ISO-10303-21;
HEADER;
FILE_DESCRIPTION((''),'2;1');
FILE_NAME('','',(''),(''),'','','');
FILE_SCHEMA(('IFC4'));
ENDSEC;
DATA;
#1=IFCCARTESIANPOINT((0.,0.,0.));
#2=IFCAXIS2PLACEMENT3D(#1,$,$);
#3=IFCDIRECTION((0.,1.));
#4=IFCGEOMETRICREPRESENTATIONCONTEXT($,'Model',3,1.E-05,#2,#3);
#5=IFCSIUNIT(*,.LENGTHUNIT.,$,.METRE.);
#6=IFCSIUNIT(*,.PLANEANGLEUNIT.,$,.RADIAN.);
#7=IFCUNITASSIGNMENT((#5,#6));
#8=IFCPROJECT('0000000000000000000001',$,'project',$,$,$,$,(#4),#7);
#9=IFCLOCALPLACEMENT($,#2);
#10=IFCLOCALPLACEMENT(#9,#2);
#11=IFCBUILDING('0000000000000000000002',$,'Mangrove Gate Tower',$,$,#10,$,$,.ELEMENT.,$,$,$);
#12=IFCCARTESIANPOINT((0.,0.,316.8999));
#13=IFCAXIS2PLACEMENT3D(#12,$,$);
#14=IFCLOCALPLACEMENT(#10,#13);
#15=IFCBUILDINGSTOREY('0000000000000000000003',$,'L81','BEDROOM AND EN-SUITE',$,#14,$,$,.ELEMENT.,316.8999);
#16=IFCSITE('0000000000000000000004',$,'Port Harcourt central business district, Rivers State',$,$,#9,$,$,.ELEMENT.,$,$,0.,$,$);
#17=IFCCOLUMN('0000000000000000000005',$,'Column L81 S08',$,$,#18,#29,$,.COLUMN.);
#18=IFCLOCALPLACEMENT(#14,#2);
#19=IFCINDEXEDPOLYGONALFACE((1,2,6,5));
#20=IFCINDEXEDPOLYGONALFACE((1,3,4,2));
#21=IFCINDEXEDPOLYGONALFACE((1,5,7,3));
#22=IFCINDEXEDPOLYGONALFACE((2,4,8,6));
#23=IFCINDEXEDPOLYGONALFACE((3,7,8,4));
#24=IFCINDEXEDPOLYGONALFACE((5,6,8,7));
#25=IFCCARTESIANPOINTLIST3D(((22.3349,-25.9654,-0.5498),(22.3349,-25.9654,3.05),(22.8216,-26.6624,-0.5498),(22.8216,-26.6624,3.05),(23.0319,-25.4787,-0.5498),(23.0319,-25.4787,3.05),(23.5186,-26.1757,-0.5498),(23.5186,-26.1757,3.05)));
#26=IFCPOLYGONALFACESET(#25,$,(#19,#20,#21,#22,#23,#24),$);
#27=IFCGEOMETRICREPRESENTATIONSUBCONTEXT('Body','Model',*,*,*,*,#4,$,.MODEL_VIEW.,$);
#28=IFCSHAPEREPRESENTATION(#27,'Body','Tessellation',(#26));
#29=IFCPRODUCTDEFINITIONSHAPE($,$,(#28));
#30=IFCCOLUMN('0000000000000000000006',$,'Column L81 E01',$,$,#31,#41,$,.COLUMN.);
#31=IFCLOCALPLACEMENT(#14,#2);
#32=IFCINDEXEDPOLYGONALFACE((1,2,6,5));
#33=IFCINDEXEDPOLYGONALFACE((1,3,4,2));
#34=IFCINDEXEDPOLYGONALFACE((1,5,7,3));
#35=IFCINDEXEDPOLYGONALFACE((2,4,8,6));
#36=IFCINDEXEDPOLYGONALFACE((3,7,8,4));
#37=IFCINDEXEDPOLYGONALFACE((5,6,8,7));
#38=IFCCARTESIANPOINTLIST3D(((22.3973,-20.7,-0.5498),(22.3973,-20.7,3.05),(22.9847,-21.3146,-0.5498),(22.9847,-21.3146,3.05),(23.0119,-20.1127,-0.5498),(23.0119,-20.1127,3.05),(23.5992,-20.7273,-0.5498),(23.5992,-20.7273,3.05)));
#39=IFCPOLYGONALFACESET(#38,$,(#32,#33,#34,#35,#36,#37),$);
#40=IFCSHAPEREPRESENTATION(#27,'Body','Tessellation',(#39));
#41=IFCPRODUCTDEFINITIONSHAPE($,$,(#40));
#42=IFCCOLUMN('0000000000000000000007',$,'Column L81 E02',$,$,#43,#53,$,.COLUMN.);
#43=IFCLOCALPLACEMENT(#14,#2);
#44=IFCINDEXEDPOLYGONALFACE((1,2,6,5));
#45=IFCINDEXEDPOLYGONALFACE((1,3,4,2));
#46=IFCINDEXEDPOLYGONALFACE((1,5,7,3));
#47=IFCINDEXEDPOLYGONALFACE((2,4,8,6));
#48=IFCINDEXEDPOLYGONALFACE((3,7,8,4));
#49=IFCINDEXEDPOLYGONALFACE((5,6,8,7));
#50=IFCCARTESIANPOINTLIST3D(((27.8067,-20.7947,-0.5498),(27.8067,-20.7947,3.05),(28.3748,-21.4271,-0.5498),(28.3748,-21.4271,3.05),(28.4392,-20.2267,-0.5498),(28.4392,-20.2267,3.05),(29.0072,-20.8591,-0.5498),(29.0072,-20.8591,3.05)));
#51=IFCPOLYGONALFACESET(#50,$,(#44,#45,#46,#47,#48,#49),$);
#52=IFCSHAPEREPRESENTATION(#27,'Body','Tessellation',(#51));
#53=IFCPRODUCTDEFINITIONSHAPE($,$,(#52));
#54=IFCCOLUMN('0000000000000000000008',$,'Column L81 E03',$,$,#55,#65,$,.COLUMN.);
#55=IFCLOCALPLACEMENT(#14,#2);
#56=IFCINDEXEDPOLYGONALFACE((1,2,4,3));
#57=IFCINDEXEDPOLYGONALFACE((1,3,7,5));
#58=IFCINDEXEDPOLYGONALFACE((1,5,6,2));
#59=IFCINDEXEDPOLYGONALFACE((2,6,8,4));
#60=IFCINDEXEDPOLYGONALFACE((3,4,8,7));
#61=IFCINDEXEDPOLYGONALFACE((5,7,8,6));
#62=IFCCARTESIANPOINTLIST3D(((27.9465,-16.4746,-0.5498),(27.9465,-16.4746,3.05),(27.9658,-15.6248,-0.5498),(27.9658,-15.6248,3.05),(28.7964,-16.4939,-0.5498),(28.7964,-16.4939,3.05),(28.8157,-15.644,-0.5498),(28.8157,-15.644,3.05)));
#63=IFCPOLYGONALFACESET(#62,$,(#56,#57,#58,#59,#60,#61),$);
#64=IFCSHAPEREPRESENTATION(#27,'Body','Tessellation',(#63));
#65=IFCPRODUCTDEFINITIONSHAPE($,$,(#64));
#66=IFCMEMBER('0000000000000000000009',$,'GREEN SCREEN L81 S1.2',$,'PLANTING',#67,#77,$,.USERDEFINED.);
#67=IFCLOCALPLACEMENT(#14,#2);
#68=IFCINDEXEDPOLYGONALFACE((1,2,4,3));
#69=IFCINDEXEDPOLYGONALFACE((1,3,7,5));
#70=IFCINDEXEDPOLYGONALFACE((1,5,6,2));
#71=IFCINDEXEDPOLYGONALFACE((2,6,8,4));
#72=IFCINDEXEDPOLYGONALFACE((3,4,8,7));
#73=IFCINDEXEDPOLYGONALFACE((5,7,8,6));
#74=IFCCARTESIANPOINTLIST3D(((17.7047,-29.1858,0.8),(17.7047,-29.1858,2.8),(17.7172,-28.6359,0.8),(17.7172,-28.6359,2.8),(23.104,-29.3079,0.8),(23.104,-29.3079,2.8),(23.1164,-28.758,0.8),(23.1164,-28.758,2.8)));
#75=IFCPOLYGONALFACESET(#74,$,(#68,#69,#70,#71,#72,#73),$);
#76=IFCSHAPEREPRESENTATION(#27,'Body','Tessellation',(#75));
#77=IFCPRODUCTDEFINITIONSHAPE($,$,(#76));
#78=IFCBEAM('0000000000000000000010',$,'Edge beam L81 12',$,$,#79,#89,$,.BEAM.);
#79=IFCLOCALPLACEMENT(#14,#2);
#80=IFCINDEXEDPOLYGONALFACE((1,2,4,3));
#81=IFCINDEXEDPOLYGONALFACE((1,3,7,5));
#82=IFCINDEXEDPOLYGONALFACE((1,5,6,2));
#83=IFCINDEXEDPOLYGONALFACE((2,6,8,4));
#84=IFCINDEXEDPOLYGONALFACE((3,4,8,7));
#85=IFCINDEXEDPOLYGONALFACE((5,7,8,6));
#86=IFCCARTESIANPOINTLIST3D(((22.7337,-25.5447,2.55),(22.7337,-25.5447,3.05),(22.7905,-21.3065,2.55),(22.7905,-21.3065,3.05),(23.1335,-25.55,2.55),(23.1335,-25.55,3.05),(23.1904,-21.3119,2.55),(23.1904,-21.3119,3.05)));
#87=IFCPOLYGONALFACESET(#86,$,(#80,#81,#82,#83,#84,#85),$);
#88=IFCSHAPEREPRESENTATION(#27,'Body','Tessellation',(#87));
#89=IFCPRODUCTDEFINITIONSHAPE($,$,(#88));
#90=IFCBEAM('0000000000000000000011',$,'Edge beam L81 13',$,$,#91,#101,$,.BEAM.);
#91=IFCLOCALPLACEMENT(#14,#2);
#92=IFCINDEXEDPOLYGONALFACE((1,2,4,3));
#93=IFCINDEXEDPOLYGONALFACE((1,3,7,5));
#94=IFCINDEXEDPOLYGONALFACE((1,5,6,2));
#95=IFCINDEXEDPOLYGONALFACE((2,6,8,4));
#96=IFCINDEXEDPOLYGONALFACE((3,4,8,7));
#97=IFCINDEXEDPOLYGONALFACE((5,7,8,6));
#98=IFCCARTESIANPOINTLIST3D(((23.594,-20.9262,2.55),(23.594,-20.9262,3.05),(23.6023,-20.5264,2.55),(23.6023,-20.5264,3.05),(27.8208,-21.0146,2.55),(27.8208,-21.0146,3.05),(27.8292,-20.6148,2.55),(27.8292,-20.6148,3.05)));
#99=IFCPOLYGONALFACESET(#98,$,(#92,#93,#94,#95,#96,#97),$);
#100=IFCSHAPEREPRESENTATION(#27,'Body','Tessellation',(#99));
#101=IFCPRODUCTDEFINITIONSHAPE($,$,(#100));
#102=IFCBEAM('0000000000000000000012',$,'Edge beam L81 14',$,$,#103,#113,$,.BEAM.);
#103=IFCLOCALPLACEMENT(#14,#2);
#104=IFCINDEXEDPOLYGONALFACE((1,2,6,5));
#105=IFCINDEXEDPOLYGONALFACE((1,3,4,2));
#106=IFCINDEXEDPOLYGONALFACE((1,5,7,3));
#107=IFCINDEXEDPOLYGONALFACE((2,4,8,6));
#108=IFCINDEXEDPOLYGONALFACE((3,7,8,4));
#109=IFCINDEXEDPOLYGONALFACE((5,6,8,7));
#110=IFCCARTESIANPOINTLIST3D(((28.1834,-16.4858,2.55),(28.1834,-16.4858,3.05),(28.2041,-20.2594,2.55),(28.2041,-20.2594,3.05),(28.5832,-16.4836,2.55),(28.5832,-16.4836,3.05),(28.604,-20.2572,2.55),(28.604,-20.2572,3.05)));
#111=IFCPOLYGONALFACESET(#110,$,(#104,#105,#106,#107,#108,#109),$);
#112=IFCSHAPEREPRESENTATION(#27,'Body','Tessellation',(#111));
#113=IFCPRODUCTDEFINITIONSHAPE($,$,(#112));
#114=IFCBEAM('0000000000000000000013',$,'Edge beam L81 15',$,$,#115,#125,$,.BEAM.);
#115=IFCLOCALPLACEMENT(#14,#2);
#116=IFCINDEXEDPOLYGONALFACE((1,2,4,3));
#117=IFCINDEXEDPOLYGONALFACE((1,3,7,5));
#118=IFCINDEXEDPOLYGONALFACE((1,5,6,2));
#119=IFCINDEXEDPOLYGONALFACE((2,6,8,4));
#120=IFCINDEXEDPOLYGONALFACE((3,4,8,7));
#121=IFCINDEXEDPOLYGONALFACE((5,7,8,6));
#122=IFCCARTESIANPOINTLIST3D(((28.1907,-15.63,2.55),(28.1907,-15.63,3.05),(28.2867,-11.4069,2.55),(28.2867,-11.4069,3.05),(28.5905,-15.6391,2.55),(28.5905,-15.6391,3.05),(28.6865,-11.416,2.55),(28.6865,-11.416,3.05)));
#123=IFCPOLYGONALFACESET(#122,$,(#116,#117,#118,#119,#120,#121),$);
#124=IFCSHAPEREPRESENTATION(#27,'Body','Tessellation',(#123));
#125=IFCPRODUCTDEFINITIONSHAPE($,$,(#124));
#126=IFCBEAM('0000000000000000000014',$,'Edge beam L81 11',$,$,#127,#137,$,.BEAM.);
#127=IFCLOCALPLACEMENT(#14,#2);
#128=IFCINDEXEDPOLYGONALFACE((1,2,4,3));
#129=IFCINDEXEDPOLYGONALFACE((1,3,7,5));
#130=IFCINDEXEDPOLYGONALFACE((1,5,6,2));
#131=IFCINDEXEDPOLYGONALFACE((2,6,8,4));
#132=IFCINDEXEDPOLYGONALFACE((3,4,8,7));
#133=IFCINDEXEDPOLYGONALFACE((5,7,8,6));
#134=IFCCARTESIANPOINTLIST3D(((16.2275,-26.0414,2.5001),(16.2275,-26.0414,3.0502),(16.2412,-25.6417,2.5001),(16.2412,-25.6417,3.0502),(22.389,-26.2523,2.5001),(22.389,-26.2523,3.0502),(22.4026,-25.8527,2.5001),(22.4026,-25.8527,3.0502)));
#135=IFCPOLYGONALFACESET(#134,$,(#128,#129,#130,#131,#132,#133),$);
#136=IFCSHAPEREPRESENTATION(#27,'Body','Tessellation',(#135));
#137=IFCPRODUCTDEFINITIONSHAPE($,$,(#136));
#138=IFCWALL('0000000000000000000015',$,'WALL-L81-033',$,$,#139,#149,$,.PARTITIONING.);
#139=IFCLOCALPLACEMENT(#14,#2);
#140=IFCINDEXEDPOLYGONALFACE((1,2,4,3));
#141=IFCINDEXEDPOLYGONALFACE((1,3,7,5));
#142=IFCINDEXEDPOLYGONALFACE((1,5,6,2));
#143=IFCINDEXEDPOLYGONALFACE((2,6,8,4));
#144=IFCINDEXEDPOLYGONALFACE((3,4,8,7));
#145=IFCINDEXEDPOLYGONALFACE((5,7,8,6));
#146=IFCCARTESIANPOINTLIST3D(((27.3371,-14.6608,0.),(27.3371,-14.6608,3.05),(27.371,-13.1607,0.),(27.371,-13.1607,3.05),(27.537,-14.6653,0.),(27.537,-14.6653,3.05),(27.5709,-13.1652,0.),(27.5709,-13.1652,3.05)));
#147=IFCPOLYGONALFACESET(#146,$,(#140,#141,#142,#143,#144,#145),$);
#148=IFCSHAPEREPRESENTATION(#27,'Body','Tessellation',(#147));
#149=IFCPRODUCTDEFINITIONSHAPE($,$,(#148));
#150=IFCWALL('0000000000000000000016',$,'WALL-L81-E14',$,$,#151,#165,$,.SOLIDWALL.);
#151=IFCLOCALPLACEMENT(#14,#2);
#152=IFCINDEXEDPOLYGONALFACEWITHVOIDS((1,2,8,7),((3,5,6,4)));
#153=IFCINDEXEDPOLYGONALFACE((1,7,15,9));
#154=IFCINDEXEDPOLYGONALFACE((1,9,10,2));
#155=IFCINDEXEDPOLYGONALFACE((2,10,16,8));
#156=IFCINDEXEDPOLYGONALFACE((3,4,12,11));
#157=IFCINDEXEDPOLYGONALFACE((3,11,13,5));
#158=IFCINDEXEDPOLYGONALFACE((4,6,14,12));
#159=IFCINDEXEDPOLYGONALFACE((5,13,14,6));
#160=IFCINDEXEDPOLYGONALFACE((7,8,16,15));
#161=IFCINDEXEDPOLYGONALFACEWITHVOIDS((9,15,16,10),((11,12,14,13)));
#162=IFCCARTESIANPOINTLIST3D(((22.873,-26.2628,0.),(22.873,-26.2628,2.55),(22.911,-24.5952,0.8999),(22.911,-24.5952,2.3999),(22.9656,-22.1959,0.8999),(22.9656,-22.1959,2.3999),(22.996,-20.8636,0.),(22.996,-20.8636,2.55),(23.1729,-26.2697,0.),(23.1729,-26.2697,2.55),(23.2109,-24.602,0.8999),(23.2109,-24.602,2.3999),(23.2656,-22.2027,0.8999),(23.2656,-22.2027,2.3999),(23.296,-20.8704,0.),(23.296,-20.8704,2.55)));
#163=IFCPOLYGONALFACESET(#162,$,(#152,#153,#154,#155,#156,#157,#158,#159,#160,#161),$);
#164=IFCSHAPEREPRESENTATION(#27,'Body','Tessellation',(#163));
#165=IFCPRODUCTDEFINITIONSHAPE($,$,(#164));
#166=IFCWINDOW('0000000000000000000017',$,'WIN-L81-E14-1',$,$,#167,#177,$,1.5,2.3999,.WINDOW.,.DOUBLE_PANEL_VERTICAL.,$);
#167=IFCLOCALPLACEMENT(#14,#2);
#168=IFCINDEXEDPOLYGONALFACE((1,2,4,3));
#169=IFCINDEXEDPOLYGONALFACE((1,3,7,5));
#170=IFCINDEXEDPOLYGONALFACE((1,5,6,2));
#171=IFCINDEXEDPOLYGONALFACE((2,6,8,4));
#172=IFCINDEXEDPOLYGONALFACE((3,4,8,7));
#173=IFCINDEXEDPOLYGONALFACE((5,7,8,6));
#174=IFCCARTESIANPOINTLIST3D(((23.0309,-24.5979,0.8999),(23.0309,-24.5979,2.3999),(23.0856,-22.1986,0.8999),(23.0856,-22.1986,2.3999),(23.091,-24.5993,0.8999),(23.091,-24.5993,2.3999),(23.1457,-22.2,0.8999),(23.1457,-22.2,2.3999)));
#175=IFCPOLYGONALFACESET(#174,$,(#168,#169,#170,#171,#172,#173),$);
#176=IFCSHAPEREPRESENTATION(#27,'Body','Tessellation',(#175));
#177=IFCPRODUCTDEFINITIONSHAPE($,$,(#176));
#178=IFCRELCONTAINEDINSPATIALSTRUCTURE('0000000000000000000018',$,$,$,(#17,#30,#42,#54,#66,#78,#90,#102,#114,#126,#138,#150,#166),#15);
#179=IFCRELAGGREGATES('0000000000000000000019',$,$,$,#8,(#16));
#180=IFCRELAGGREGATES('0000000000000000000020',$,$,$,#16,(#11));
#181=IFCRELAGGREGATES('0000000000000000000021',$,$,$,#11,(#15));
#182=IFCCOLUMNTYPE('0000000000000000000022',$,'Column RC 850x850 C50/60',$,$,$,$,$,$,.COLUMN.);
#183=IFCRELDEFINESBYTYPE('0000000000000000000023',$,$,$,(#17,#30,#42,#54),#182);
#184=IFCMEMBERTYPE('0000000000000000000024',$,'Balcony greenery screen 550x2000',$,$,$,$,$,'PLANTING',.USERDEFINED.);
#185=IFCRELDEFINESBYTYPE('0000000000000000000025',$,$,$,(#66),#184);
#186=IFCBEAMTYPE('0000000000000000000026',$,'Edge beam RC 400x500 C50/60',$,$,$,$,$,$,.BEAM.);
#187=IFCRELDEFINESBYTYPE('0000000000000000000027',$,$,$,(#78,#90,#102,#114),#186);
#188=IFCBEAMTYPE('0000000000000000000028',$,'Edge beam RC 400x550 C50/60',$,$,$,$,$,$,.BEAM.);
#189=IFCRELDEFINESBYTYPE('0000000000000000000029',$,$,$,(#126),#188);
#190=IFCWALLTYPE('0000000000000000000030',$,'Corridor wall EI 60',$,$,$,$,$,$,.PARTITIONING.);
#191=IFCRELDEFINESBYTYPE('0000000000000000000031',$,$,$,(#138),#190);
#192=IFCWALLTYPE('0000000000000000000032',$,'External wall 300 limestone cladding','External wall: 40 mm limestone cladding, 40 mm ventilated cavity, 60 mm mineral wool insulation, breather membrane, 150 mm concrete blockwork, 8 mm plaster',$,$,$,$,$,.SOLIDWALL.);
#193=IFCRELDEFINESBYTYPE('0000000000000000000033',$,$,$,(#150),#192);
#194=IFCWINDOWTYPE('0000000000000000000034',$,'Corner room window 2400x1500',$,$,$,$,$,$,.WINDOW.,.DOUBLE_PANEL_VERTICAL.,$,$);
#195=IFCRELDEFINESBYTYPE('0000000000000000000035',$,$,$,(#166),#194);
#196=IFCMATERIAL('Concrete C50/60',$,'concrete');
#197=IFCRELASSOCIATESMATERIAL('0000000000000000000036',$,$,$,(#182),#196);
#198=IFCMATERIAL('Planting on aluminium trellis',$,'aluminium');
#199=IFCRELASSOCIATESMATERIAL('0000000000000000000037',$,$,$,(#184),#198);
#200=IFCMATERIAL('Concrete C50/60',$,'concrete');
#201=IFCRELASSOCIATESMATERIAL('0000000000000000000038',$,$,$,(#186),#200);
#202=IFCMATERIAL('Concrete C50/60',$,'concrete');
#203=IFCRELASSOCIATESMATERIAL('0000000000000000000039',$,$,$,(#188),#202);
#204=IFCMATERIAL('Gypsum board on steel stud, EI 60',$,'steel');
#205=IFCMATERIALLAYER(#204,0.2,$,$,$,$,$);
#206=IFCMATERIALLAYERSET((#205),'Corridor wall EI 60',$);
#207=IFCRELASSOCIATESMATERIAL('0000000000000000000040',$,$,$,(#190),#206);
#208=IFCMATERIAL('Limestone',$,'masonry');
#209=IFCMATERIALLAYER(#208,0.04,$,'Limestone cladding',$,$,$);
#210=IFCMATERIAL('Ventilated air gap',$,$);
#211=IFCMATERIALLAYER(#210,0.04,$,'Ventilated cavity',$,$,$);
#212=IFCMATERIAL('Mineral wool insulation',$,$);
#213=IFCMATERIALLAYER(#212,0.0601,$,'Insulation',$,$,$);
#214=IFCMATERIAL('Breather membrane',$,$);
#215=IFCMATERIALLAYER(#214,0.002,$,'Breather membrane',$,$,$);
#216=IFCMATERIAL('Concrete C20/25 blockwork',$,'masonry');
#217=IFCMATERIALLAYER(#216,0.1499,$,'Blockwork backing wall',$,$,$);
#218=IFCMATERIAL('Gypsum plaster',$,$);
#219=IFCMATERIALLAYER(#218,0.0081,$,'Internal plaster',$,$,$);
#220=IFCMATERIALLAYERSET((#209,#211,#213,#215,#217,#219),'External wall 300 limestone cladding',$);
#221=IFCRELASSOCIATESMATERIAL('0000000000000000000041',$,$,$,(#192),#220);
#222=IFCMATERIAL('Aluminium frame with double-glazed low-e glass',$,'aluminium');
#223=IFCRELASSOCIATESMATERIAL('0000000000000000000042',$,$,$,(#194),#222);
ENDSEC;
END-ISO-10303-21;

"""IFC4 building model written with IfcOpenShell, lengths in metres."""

from ifc_helpers import new_model, si_unit, direction, frame, frame_2d, origin, origin_2d, place, context, subcontext, project, spatial, rectangle, extrude, material, layer, layer_set, material_profile, profile_set, type_object, element, fill, save


model = new_model("IFC4")

# Units and contexts
model_context = context("Model", 3, precision=1e-05, world=origin(), true_north=direction((0.0, 1.0)))
body_context = subcontext(model_context, "Body", "Model", "MODEL_VIEW")
ifc_project = project(units=[si_unit("LENGTHUNIT", "METRE"), si_unit("PLANEANGLEUNIT", "RADIAN")], contexts=[model_context])

# Site, building, storey
site_placement = place(None, origin())
site = spatial("IfcSite", under=ifc_project, at=site_placement, Name="Port Harcourt central business district, Rivers State", CompositionType="ELEMENT", RefElevation=0.0)
building_placement = place(site_placement, origin())
building = spatial("IfcBuilding", under=site, at=building_placement, Name="Mangrove Gate Tower", CompositionType="ELEMENT")
storey_placement = place(building_placement, frame((0.0, 0.0, 316.8999)))
storey = spatial("IfcBuildingStorey", under=building, at=storey_placement, Name="L81", Description="BEDROOM AND EN-SUITE", CompositionType="ELEMENT", Elevation=316.8999)

# Columns
ifc_material_1 = material(Name="Concrete C50/60", Category="concrete")
ifc_material_profile_1 = material_profile(ifc_material_1, rectangle(XDim=0.8501, YDim=0.8501, at=origin_2d()))
ifc_profile_set_1 = profile_set([ifc_material_profile_1], Name="Concrete C50/60")
column_type = type_object("IfcColumnType", Name="Column RC 850x850 C50/60", PredefinedType="COLUMN", material=ifc_profile_set_1)
for number, where, z_axis, x_axis, name in (
    (1, (22.9268, -26.0706, -0.5498), (0.0, 0.0, 1.0), (0.81992, 0.572478, 0.0), "Column L81 S08"),
    (2, (22.9983, -20.7136, -0.5498), (0.0, 0.0, 1.0), (0.722966, 0.690884, 0.0), "Column L81 E01"),
    (3, (28.407, -20.8269, -0.5498), (0.0, 0.0, 1.0), (0.744005, 0.668174, 0.0), "Column L81 E02"),
    (4, (28.3811, -16.0593, -0.5498), (0.0, 0.0, 1.0), (0.022661, 0.999743, 0.0), "Column L81 E03"),
):
    element("IfcColumn", number, at=place(storey_placement, frame(where, z_axis=z_axis, x_axis=x_axis)), inside=storey, type_object=column_type, Name=name, PredefinedType="COLUMN", context=body_context, shape_type="SweptSolid", body=[
        extrude(rectangle(XDim=0.8501, YDim=0.8501, at=origin_2d()), origin(), (0.0, 0.0, 1.0), 3.5999),
    ])

# Member
ifc_material_2 = material(Name="Planting on aluminium trellis", Category="aluminium")
ifc_material_profile_2 = material_profile(ifc_material_2, rectangle(XDim=0.55, YDim=2.0, at=origin_2d()))
ifc_profile_set_2 = profile_set([ifc_material_profile_2], Name="Planting on aluminium trellis")
member_type = type_object("IfcMemberType", Name="Balcony greenery screen 550x2000", ElementType="PLANTING", PredefinedType="USERDEFINED", material=ifc_profile_set_2)
member_placement = place(storey_placement, frame((17.7109, -28.9109, 1.8), z_axis=(0.999745, -0.022603, 0.0), x_axis=(0.022603, 0.999745, 0.0)))
element("IfcMember", 5, at=member_placement, inside=storey, type_object=member_type, Name="GREEN SCREEN L81 S1.2", ObjectType="PLANTING", PredefinedType="USERDEFINED", context=body_context, shape_type="SweptSolid", body=[
    extrude(rectangle(XDim=0.55, YDim=2.0, at=origin_2d()), origin(), (0.0, 0.0, 1.0), 5.4006),
])

# Beams
ifc_material_3 = material(Name="Concrete C50/60", Category="concrete")
ifc_material_profile_3 = material_profile(ifc_material_3, rectangle(XDim=0.3999, YDim=0.5, at=origin_2d()))
ifc_profile_set_3 = profile_set([ifc_material_profile_3], Name="Concrete C50/60")
beam_type_1 = type_object("IfcBeamType", Name="Edge beam RC 400x500 C50/60", PredefinedType="BEAM", material=ifc_profile_set_3)
beam_1_placement = place(storey_placement, frame((22.9336, -25.5474, 2.8), z_axis=(0.013421, 0.99991, 0.0), x_axis=(-0.99991, 0.013421, 0.0)))
element("IfcBeam", 6, at=beam_1_placement, inside=storey, type_object=beam_type_1, Name="Edge beam L81 12", PredefinedType="BEAM", context=body_context, shape_type="SweptSolid", body=[
    extrude(rectangle(XDim=0.3999, YDim=0.5, at=origin_2d()), origin(), (0.0, 0.0, 1.0), 4.2385),
])
beam_2_placement = place(storey_placement, frame((23.5981, -20.7263, 2.8), z_axis=(0.999781, -0.020905, 0.0), x_axis=(0.020905, 0.999781, 0.0)))
element("IfcBeam", 7, at=beam_2_placement, inside=storey, type_object=beam_type_1, Name="Edge beam L81 13", PredefinedType="BEAM", context=body_context, shape_type="SweptSolid", body=[
    extrude(rectangle(XDim=0.3999, YDim=0.5, at=origin_2d()), origin(), (0.0, 0.0, 1.0), 4.2278),
])
beam_3_placement = place(storey_placement, frame((28.4041, -20.2583, 2.8), z_axis=(-0.005499, 0.999985, 0.0), x_axis=(-0.999985, -0.005499, 0.0)))
element("IfcBeam", 8, at=beam_3_placement, inside=storey, type_object=beam_type_1, Name="Edge beam L81 14", PredefinedType="BEAM", context=body_context, shape_type="SweptSolid", body=[
    extrude(rectangle(XDim=0.3999, YDim=0.5, at=origin_2d()), origin(), (0.0, 0.0, 1.0), 3.7737),
])
beam_4_placement = place(storey_placement, frame((28.3906, -15.6345, 2.8), z_axis=(0.022714, 0.999742, 0.0), x_axis=(-0.999742, 0.022714, 0.0)))
element("IfcBeam", 9, at=beam_4_placement, inside=storey, type_object=beam_type_1, Name="Edge beam L81 15", PredefinedType="BEAM", context=body_context, shape_type="SweptSolid", body=[
    extrude(rectangle(XDim=0.3999, YDim=0.5, at=origin_2d()), origin(), (0.0, 0.0, 1.0), 4.2241),
])
ifc_material_4 = material(Name="Concrete C50/60", Category="concrete")
ifc_material_profile_4 = material_profile(ifc_material_4, rectangle(XDim=0.3999, YDim=0.55, at=origin_2d()))
ifc_profile_set_4 = profile_set([ifc_material_profile_4], Name="Concrete C50/60")
beam_type_2 = type_object("IfcBeamType", Name="Edge beam RC 400x550 C50/60", PredefinedType="BEAM", material=ifc_profile_set_4)
beam_5_placement = place(storey_placement, frame((16.2344, -25.8416, 2.7751), z_axis=(0.999414, -0.034215, 0.0), x_axis=(0.034215, 0.999414, 0.0)))
element("IfcBeam", 10, at=beam_5_placement, inside=storey, type_object=beam_type_2, Name="Edge beam L81 11", PredefinedType="BEAM", context=body_context, shape_type="SweptSolid", body=[
    extrude(rectangle(XDim=0.3999, YDim=0.55, at=origin_2d()), origin(), (0.0, 0.0, 1.0), 6.165),
])

# Wall
ifc_material_5 = material(Name="Gypsum board on steel stud, EI 60", Category="steel")
ifc_layer_1 = layer(ifc_material_5, 0.2)
ifc_layer_set_1 = layer_set([ifc_layer_1], Name="Corridor wall EI 60")
wall_type_1 = type_object("IfcWallType", Name="Corridor wall EI 60", PredefinedType="PARTITIONING", material=ifc_layer_set_1)
wall_1_placement = place(storey_placement, frame((27.437, -14.6631, 0.0), z_axis=(0.0, 0.0, 1.0), x_axis=(0.022618, 0.999744, 0.0)))
element("IfcWall", 11, at=wall_1_placement, inside=storey, type_object=wall_type_1, Name="WALL-L81-033", PredefinedType="PARTITIONING", context=body_context, shape_type="SweptSolid", body=[
    extrude(rectangle(XDim=1.5005, YDim=0.2, at=frame_2d((0.7502, 0.0))), origin(), (0.0, 0.0, 1.0), 3.05),
])

# Shared definitions
ifc_material_6 = material(Name="Limestone", Category="masonry")
ifc_layer_2 = layer(ifc_material_6, 0.04, Name="Limestone cladding")
ifc_material_7 = material(Name="Ventilated air gap")
ifc_layer_3 = layer(ifc_material_7, 0.04, Name="Ventilated cavity")
ifc_material_8 = material(Name="Mineral wool insulation")
ifc_layer_4 = layer(ifc_material_8, 0.0601, Name="Insulation")
ifc_material_9 = material(Name="Breather membrane")
ifc_layer_5 = layer(ifc_material_9, 0.002, Name="Breather membrane")
ifc_material_10 = material(Name="Concrete C20/25 blockwork", Category="masonry")
ifc_layer_6 = layer(ifc_material_10, 0.1499, Name="Blockwork backing wall")
ifc_material_11 = material(Name="Gypsum plaster")
ifc_layer_7 = layer(ifc_material_11, 0.0081, Name="Internal plaster")
ifc_layer_set_2 = layer_set([ifc_layer_2, ifc_layer_3, ifc_layer_4, ifc_layer_5, ifc_layer_6, ifc_layer_7], Name="External wall 300 limestone cladding")
wall_type_2 = type_object("IfcWallType", Name="External wall 300 limestone cladding", Description="External wall: 40 mm limestone cladding, 40 mm ventilated cavity, 60 mm mineral wool insulation, breather membrane, 150 mm concrete blockwork, 8 mm plaster", PredefinedType="SOLIDWALL", material=ifc_layer_set_2)

# Wall, opening, window
wall_2_placement = place(storey_placement, frame((23.0229, -26.2661, 0.0), z_axis=(0.0, 0.0, 1.0), x_axis=(0.022784, 0.99974, 0.0)))
wall_2 = element("IfcWall", 12, at=wall_2_placement, inside=storey, type_object=wall_type_2, Name="WALL-L81-E14", PredefinedType="SOLIDWALL", context=body_context, shape_type="SweptSolid", body=[
    extrude(rectangle(XDim=5.4006, YDim=0.3, at=frame_2d((2.7002, 0.0))), origin(), (0.0, 0.0, 1.0), 2.55),
])
opening_1_placement = place(wall_2_placement, frame((1.668, 0.0, 0.8999)))
opening_1 = element("IfcOpeningElement", 13, at=opening_1_placement, cuts=wall_2, PredefinedType="OPENING", context=body_context, shape_type="SweptSolid", body=[
    extrude(rectangle(XDim=2.3999, YDim=1.5, at=frame_2d((1.2, 0.75))), frame((0.0, 0.1599, 0.0), z_axis=(0.0, -1.0, 0.0), x_axis=(1.0, 0.0, 0.0)), (0.0, 0.0, 1.0), 0.3201),
])
ifc_material_12 = material(Name="Aluminium frame with double-glazed low-e glass", Category="aluminium")
window_type = type_object("IfcWindowType", Name="Corner room window 2400x1500", PartitioningType="DOUBLE_PANEL_VERTICAL", PredefinedType="WINDOW", material=ifc_material_12)
window_1_placement = place(opening_1_placement, origin())
window_1 = element("IfcWindow", 14, at=window_1_placement, inside=storey, type_object=window_type, Name="WIN-L81-E14-1", OverallHeight=1.5, OverallWidth=2.3999, PartitioningType="DOUBLE_PANEL_VERTICAL", PredefinedType="WINDOW", context=body_context, shape_type="SweptSolid", body=[
    extrude(rectangle(XDim=2.3999, YDim=1.5, at=frame_2d((1.2, 0.75))), frame((0.0, 0.03, 0.0), z_axis=(0.0, -1.0, 0.0), x_axis=(1.0, 0.0, 0.0)), (0.0, 0.0, 1.0), 0.0601),
])
fill(opening_1, window_1)

save(model, "model.ifc")
